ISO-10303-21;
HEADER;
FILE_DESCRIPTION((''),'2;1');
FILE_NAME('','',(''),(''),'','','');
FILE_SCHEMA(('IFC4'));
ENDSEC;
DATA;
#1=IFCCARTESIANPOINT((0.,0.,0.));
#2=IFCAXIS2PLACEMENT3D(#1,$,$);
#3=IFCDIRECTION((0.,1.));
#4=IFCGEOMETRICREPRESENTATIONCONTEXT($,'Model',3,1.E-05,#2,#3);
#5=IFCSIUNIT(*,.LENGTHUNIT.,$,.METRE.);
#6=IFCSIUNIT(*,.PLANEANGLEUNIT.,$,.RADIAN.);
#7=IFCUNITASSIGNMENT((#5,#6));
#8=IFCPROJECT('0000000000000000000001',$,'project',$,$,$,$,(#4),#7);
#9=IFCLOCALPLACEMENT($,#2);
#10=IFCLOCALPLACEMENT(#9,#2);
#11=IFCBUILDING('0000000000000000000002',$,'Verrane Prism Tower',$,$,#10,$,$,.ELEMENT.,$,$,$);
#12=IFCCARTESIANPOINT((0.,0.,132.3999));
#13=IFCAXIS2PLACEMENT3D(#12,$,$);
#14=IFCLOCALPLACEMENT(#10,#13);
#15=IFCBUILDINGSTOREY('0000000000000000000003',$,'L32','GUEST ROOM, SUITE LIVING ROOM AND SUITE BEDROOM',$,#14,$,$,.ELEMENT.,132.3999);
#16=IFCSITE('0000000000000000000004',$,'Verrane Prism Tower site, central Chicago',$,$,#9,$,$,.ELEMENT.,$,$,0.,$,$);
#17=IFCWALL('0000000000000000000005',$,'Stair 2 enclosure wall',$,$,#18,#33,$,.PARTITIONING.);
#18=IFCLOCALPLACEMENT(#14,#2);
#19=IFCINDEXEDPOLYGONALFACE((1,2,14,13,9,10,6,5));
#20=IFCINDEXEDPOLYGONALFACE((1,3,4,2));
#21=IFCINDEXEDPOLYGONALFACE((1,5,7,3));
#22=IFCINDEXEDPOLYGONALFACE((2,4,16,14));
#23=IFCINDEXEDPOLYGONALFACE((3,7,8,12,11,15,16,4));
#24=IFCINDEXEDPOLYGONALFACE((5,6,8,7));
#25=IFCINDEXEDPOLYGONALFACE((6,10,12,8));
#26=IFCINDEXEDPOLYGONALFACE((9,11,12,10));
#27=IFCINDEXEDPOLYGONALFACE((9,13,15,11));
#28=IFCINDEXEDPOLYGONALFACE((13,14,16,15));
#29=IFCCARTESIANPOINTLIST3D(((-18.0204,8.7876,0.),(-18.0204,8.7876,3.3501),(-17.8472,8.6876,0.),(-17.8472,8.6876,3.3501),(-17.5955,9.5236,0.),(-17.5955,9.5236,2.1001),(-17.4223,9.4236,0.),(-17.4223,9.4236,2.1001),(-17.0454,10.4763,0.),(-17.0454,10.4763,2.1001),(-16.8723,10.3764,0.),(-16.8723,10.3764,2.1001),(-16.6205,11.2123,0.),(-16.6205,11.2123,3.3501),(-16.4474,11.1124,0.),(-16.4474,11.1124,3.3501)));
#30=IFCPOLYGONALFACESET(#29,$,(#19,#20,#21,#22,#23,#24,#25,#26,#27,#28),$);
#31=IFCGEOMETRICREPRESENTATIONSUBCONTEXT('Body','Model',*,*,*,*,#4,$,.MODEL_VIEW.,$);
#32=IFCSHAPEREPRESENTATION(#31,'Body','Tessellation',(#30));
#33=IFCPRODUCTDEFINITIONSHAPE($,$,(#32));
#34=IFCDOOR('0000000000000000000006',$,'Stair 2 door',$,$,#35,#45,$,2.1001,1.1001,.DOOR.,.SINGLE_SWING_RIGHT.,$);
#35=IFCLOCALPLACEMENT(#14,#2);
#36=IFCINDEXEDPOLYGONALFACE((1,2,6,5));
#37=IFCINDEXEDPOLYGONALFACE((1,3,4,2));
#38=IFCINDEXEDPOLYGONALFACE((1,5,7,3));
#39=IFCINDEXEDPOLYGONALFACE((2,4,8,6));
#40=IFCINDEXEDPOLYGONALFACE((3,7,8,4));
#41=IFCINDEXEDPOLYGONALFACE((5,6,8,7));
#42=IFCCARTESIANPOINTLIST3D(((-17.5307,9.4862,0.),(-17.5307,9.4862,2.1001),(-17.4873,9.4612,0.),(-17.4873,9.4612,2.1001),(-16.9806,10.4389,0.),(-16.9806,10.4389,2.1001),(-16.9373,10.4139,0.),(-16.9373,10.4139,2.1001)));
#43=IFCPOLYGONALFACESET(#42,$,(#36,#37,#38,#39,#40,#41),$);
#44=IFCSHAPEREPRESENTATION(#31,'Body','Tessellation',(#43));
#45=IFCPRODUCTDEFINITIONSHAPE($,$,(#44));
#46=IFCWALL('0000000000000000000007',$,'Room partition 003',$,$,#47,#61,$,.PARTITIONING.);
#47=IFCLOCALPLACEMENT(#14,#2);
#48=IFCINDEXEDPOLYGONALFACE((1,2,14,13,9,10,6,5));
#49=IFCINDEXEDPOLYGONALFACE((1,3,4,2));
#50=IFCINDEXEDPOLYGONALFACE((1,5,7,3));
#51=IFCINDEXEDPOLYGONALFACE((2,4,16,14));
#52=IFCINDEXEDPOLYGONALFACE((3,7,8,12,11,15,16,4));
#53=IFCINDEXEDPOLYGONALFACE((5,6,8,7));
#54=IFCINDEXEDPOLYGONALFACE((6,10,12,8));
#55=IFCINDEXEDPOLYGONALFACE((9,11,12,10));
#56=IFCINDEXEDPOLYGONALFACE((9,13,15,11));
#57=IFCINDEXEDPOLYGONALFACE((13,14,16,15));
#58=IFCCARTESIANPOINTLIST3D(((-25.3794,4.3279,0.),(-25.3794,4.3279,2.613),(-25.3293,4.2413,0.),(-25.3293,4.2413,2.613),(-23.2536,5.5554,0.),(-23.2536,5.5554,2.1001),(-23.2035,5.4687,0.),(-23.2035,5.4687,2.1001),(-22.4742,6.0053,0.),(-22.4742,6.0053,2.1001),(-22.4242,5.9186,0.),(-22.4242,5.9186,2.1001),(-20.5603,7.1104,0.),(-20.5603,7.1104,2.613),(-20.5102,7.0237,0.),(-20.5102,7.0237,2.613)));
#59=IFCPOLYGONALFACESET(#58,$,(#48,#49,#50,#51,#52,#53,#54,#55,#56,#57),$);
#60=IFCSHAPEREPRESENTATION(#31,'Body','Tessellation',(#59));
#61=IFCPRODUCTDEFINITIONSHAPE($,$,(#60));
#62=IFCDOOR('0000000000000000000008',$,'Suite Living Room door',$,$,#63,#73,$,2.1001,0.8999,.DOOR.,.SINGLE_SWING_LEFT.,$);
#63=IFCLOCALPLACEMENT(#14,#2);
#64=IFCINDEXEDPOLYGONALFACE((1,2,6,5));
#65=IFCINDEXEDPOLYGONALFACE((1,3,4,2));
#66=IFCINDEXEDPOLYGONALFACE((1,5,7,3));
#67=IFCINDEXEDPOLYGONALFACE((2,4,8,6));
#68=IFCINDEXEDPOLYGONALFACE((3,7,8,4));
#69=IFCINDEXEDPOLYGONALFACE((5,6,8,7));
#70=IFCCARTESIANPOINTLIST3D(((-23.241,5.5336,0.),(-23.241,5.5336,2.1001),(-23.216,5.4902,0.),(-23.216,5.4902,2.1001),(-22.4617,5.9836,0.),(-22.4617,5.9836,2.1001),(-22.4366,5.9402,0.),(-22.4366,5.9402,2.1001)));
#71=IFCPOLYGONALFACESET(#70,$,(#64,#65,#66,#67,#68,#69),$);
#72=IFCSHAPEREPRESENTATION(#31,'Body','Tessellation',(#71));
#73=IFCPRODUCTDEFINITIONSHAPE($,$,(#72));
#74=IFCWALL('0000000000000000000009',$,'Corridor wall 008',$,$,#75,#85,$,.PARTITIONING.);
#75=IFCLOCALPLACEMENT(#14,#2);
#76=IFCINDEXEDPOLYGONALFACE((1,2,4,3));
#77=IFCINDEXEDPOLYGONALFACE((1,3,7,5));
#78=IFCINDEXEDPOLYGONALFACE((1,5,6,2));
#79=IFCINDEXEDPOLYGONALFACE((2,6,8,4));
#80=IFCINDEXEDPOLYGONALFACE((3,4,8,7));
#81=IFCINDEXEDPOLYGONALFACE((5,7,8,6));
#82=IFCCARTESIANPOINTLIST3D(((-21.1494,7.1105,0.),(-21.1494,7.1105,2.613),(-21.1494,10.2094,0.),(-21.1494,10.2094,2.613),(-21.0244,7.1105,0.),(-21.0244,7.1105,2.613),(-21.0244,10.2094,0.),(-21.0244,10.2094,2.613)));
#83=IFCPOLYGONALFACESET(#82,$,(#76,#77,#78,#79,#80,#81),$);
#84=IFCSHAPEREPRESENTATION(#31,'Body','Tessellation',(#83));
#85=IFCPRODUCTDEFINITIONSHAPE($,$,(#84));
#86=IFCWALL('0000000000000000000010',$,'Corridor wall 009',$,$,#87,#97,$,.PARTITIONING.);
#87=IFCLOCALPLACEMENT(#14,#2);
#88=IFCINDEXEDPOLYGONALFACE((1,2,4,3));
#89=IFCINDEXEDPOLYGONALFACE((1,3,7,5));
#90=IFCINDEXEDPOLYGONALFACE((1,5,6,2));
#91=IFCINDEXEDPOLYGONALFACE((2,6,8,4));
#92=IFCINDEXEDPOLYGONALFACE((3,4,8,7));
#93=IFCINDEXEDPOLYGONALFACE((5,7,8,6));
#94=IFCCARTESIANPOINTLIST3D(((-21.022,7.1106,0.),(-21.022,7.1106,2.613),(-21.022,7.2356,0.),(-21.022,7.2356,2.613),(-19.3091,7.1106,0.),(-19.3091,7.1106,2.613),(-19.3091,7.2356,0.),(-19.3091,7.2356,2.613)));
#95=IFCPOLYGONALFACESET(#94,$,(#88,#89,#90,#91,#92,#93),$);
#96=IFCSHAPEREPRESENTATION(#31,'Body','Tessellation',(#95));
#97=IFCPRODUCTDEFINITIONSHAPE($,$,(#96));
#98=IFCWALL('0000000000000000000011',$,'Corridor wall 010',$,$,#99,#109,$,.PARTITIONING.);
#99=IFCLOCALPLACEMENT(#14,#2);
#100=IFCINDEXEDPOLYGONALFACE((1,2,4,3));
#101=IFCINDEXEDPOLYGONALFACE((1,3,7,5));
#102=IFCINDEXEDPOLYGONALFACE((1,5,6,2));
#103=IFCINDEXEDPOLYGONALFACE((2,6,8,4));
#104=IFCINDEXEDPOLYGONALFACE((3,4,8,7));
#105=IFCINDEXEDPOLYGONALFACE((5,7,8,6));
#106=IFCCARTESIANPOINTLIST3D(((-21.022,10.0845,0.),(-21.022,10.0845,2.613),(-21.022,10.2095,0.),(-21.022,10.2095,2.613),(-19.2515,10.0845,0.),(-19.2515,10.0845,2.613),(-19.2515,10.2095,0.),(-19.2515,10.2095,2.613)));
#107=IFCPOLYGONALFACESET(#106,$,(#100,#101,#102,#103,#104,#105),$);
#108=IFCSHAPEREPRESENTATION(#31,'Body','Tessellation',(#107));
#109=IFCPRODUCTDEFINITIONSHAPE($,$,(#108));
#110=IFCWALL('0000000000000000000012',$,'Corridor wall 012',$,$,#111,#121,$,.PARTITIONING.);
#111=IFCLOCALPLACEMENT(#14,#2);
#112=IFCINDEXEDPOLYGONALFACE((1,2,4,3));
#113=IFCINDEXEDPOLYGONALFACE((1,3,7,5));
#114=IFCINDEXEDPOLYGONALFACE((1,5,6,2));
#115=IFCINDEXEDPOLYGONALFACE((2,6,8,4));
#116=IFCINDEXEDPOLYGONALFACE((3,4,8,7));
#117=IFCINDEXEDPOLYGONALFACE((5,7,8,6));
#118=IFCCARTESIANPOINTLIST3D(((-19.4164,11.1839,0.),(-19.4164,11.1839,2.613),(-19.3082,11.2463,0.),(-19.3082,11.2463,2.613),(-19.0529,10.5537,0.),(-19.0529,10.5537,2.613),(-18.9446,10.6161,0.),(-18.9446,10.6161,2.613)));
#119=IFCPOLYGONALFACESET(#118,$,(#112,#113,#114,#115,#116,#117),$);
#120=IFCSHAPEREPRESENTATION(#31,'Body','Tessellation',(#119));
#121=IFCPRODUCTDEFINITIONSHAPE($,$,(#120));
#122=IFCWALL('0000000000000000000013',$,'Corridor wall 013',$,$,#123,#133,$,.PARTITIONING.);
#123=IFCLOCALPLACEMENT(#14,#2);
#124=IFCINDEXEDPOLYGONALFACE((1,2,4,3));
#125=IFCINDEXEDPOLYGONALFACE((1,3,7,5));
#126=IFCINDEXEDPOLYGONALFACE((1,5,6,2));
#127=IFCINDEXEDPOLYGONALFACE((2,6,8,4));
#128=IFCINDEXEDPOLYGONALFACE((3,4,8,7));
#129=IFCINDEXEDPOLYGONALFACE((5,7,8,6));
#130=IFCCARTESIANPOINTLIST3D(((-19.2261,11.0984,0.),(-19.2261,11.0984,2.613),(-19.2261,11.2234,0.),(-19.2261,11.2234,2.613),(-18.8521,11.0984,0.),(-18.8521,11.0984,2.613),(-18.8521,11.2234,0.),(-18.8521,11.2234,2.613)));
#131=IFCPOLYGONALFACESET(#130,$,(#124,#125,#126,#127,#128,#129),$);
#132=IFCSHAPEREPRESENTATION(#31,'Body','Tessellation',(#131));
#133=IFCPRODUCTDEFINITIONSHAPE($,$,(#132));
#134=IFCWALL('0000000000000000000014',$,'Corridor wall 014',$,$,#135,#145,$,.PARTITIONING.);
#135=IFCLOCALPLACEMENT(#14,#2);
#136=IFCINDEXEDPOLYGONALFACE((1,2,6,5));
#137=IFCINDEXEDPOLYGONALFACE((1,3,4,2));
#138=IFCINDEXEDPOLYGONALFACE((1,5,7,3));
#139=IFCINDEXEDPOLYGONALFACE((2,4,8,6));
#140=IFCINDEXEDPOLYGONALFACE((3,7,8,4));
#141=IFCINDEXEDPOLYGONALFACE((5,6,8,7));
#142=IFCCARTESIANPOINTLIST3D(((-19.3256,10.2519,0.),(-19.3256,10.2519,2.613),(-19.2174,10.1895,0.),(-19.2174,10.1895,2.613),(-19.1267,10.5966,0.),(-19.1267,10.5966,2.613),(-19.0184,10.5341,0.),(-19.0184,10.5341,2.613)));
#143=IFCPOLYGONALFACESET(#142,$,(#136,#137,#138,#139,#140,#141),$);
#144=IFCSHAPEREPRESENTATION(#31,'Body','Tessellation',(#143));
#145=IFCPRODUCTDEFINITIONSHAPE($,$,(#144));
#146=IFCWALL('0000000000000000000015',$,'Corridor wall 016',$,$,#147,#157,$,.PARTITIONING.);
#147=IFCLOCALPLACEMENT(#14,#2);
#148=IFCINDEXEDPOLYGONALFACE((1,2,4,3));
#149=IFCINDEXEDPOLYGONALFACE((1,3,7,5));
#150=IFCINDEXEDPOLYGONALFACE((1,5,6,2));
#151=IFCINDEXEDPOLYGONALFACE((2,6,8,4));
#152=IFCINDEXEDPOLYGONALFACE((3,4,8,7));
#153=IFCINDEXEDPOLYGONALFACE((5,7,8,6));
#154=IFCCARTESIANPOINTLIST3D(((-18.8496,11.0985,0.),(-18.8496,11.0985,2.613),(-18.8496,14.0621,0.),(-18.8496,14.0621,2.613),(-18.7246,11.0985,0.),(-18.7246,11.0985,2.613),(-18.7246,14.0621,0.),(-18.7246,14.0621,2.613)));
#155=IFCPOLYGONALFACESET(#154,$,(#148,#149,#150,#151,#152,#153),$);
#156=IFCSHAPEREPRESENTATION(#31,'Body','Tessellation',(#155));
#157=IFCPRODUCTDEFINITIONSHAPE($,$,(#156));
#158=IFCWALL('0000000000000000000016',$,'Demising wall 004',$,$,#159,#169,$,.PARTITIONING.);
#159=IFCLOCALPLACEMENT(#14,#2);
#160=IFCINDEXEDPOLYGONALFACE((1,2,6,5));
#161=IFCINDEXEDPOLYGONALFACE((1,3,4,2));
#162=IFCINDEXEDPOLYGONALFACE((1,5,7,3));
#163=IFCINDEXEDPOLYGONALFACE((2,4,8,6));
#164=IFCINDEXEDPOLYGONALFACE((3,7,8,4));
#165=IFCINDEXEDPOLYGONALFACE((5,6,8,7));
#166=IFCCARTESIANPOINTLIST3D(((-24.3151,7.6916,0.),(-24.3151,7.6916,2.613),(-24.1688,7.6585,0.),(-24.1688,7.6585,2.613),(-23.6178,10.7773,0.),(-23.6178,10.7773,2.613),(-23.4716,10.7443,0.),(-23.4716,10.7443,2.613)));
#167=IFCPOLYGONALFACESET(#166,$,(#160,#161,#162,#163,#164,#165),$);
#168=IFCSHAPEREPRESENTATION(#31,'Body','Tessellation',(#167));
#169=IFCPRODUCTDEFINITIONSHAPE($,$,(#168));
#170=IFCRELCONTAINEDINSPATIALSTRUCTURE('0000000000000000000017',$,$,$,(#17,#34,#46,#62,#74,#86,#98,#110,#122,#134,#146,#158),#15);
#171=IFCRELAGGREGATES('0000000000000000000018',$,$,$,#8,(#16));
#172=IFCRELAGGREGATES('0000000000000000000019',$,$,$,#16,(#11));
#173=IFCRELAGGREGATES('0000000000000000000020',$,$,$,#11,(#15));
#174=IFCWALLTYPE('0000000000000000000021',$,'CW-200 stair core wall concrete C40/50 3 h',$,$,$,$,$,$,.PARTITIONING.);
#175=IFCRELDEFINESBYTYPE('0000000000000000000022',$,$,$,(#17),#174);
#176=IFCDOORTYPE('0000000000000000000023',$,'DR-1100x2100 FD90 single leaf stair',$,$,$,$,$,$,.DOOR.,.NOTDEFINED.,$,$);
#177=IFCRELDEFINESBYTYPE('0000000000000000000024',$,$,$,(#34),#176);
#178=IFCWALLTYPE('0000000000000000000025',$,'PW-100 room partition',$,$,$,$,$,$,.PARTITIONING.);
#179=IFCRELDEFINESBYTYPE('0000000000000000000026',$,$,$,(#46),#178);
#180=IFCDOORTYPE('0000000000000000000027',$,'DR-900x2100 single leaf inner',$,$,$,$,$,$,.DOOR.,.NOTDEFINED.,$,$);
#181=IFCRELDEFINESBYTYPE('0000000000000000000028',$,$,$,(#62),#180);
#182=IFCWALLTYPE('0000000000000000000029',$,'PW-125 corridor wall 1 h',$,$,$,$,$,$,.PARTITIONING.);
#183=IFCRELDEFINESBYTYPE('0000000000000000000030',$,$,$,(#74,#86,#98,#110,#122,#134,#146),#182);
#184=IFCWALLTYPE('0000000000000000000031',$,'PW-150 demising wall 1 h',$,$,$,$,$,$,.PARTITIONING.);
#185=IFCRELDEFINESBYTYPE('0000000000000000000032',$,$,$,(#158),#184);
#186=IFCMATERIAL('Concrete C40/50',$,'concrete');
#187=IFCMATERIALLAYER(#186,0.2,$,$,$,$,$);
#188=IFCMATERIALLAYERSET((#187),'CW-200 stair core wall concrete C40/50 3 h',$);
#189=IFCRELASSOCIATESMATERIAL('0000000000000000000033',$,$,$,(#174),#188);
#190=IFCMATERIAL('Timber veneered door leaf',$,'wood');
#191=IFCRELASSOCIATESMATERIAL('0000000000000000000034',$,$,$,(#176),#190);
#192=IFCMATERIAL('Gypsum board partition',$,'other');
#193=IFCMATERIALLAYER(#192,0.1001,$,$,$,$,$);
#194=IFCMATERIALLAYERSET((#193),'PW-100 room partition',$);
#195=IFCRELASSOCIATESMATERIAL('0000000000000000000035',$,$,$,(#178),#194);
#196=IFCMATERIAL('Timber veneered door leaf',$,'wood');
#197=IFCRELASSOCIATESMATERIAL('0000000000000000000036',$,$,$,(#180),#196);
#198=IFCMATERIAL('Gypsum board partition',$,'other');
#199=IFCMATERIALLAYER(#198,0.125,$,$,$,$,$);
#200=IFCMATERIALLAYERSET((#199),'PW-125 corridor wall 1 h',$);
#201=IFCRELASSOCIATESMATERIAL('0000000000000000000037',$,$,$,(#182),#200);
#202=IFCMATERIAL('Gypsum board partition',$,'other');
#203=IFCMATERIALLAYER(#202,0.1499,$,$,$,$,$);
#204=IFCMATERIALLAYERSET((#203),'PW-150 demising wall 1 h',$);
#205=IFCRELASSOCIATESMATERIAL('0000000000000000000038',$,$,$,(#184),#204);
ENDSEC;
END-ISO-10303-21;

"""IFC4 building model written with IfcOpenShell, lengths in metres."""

from ifc_helpers import new_model, si_unit, direction, frame, frame_2d, origin, place, context, subcontext, project, spatial, rectangle, extrude, material, layer, layer_set, type_object, element, fill, save


model = new_model("IFC4")

# Units and contexts
model_context = context("Model", 3, precision=1e-05, world=origin(), true_north=direction((0.0, 1.0)))
body_context = subcontext(model_context, "Body", "Model", "MODEL_VIEW")
ifc_project = project(units=[si_unit("LENGTHUNIT", "METRE"), si_unit("PLANEANGLEUNIT", "RADIAN")], contexts=[model_context])

# Site, building, storey
site_placement = place(None, origin())
site = spatial("IfcSite", under=ifc_project, at=site_placement, Name="Verrane Prism Tower site, central Chicago", CompositionType="ELEMENT", RefElevation=0.0)
building_placement = place(site_placement, origin())
building = spatial("IfcBuilding", under=site, at=building_placement, Name="Verrane Prism Tower", CompositionType="ELEMENT")
storey_placement = place(building_placement, frame((0.0, 0.0, 132.3999)))
storey = spatial("IfcBuildingStorey", under=building, at=storey_placement, Name="L32", Description="GUEST ROOM, SUITE LIVING ROOM AND SUITE BEDROOM", CompositionType="ELEMENT", Elevation=132.3999)

# Walls, openings, doors
ifc_material_1 = material(Name="Concrete C40/50", Category="concrete")
ifc_layer_1 = layer(ifc_material_1, 0.2)
ifc_layer_set_1 = layer_set([ifc_layer_1], Name="CW-200 stair core wall concrete C40/50 3 h")
wall_type_1 = type_object("IfcWallType", Name="CW-200 stair core wall concrete C40/50 3 h", PredefinedType="PARTITIONING", material=ifc_layer_set_1)
wall_1_placement = place(storey_placement, frame((-16.5339, 11.1624, 0.0), z_axis=(0.0, 0.0, 1.0), x_axis=(-0.499984, -0.866035, 0.0)))
wall_1 = element("IfcWall", 1, at=wall_1_placement, inside=storey, type_object=wall_type_1, Name="Stair 2 enclosure wall", PredefinedType="PARTITIONING", context=body_context, shape_type="SweptSolid", body=[
    extrude(rectangle(XDim=2.7998, YDim=0.2, at=frame_2d((1.3999, 0.0))), origin(), (0.0, 0.0, 1.0), 3.3501),
])
opening_1_placement = place(wall_1_placement, frame((0.8499, 0.0, 0.0)))
opening_1 = element("IfcOpeningElement", 2, at=opening_1_placement, cuts=wall_1, PredefinedType="OPENING", context=body_context, shape_type="SweptSolid", body=[
    extrude(rectangle(XDim=1.1001, YDim=2.1001, at=frame_2d((0.55, 1.05))), frame((0.0, 0.1099, 0.0), z_axis=(0.0, -1.0, 0.0), x_axis=(1.0, 0.0, 0.0)), (0.0, 0.0, 1.0), 0.22),
])
ifc_material_2 = material(Name="Timber veneered door leaf", Category="wood")
door_type_1 = type_object("IfcDoorType", Name="DR-1100x2100 FD90 single leaf stair", OperationType="NOTDEFINED", PredefinedType="DOOR", material=ifc_material_2)
door_1_placement = place(opening_1_placement, origin())
door_1 = element("IfcDoor", 3, at=door_1_placement, inside=storey, type_object=door_type_1, Name="Stair 2 door", OperationType="SINGLE_SWING_RIGHT", OverallHeight=2.1001, OverallWidth=1.1001, PredefinedType="DOOR", context=body_context, shape_type="SweptSolid", body=[
    extrude(rectangle(XDim=1.1001, YDim=2.1001, at=frame_2d((0.55, 1.05))), frame((0.0, 0.0249, 0.0), z_axis=(0.0, -1.0, 0.0), x_axis=(1.0, 0.0, 0.0)), (0.0, 0.0, 1.0), 0.05),
])
fill(opening_1, door_1)
ifc_material_3 = material(Name="Gypsum board partition", Category="other")
ifc_layer_2 = layer(ifc_material_3, 0.1001)
ifc_layer_set_2 = layer_set([ifc_layer_2], Name="PW-100 room partition")
wall_type_2 = type_object("IfcWallType", Name="PW-100 room partition", PredefinedType="PARTITIONING", material=ifc_layer_set_2)
wall_2_placement = place(storey_placement, frame((-25.3542, 4.2847, 0.0), z_axis=(0.0, 0.0, 1.0), x_axis=(0.866012, 0.500022, 0.0)))
wall_2 = element("IfcWall", 4, at=wall_2_placement, inside=storey, type_object=wall_type_2, Name="Room partition 003", PredefinedType="PARTITIONING", context=body_context, shape_type="SweptSolid", body=[
    extrude(rectangle(XDim=5.5647, YDim=0.1001, at=frame_2d((2.7822, 0.0))), origin(), (0.0, 0.0, 1.0), 2.613),
])
opening_2_placement = place(wall_2_placement, frame((2.4546, 0.0, 0.0)))
opening_2 = element("IfcOpeningElement", 5, at=opening_2_placement, cuts=wall_2, PredefinedType="OPENING", context=body_context, shape_type="SweptSolid", body=[
    extrude(rectangle(XDim=0.8999, YDim=2.1001, at=frame_2d((0.45, 1.05))), frame((0.0, 0.0601, 0.0), z_axis=(0.0, -1.0, 0.0), x_axis=(1.0, 0.0, 0.0)), (0.0, 0.0, 1.0), 0.1201),
])
ifc_material_4 = material(Name="Timber veneered door leaf", Category="wood")
door_type_2 = type_object("IfcDoorType", Name="DR-900x2100 single leaf inner", OperationType="NOTDEFINED", PredefinedType="DOOR", material=ifc_material_4)
door_2_placement = place(opening_2_placement, origin())
door_2 = element("IfcDoor", 6, at=door_2_placement, inside=storey, type_object=door_type_2, Name="Suite Living Room door", OperationType="SINGLE_SWING_LEFT", OverallHeight=2.1001, OverallWidth=0.8999, PredefinedType="DOOR", context=body_context, shape_type="SweptSolid", body=[
    extrude(rectangle(XDim=0.8999, YDim=2.1001, at=frame_2d((0.45, 1.05))), frame((0.0, 0.0249, 0.0), z_axis=(0.0, -1.0, 0.0), x_axis=(1.0, 0.0, 0.0)), (0.0, 0.0, 1.0), 0.05),
])
fill(opening_2, door_2)

# Walls
ifc_material_5 = material(Name="Gypsum board partition", Category="other")
ifc_layer_3 = layer(ifc_material_5, 0.125)
ifc_layer_set_3 = layer_set([ifc_layer_3], Name="PW-125 corridor wall 1 h")
wall_type_3 = type_object("IfcWallType", Name="PW-125 corridor wall 1 h", PredefinedType="PARTITIONING", material=ifc_layer_set_3)
wall_3_placement = place(storey_placement, frame((-21.0869, 7.1106, 0.0), z_axis=(0.0, 0.0, 1.0), x_axis=(0.0, 1.0, 0.0)))
element("IfcWall", 7, at=wall_3_placement, inside=storey, type_object=wall_type_3, Name="Corridor wall 008", PredefinedType="PARTITIONING", context=body_context, shape_type="SweptSolid", body=[
    extrude(rectangle(XDim=3.0989, YDim=0.125, at=frame_2d((1.5493, 0.0))), origin(), (0.0, 0.0, 1.0), 2.613),
])
wall_4_placement = place(storey_placement, frame((-21.022, 7.1731, 0.0), z_axis=(0.0, 0.0, 1.0), x_axis=(1.0, 0.0, 0.0)))
element("IfcWall", 8, at=wall_4_placement, inside=storey, type_object=wall_type_3, Name="Corridor wall 009", PredefinedType="PARTITIONING", context=body_context, shape_type="SweptSolid", body=[
    extrude(rectangle(XDim=1.7129, YDim=0.125, at=frame_2d((0.8564, 0.0))), origin(), (0.0, 0.0, 1.0), 2.613),
])
wall_5_placement = place(storey_placement, frame((-21.022, 10.147, 0.0), z_axis=(0.0, 0.0, 1.0), x_axis=(1.0, 0.0, 0.0)))
element("IfcWall", 9, at=wall_5_placement, inside=storey, type_object=wall_type_3, Name="Corridor wall 010", PredefinedType="PARTITIONING", context=body_context, shape_type="SweptSolid", body=[
    extrude(rectangle(XDim=1.7705, YDim=0.125, at=frame_2d((0.8853, 0.0))), origin(), (0.0, 0.0, 1.0), 2.613),
])
wall_6_placement = place(storey_placement, frame((-19.3623, 11.2151, 0.0), z_axis=(0.0, 0.0, 1.0), x_axis=(0.499713, -0.866191, 0.0)))
element("IfcWall", 10, at=wall_6_placement, inside=storey, type_object=wall_type_3, Name="Corridor wall 012", PredefinedType="PARTITIONING", context=body_context, shape_type="SweptSolid", body=[
    extrude(rectangle(XDim=0.7275, YDim=0.125, at=frame_2d((0.3638, 0.0))), origin(), (0.0, 0.0, 1.0), 2.613),
])
wall_7_placement = place(storey_placement, frame((-19.2261, 11.1609, 0.0), z_axis=(0.0, 0.0, 1.0), x_axis=(1.0, 0.0, 0.0)))
element("IfcWall", 11, at=wall_7_placement, inside=storey, type_object=wall_type_3, Name="Corridor wall 013", PredefinedType="PARTITIONING", context=body_context, shape_type="SweptSolid", body=[
    extrude(rectangle(XDim=0.374, YDim=0.125, at=frame_2d((0.187, 0.0))), origin(), (0.0, 0.0, 1.0), 2.613),
])
wall_8_placement = place(storey_placement, frame((-19.2715, 10.2207, 0.0), z_axis=(0.0, 0.0, 1.0), x_axis=(0.499899, 0.866083, 0.0)))
element("IfcWall", 12, at=wall_8_placement, inside=storey, type_object=wall_type_3, Name="Corridor wall 014", PredefinedType="PARTITIONING", context=body_context, shape_type="SweptSolid", body=[
    extrude(rectangle(XDim=0.3979, YDim=0.125, at=frame_2d((0.199, 0.0))), origin(), (0.0, 0.0, 1.0), 2.613),
])
wall_9_placement = place(storey_placement, frame((-18.7871, 11.0984, 0.0), z_axis=(0.0, 0.0, 1.0), x_axis=(0.0, 1.0, 0.0)))
element("IfcWall", 13, at=wall_9_placement, inside=storey, type_object=wall_type_3, Name="Corridor wall 016", PredefinedType="PARTITIONING", context=body_context, shape_type="SweptSolid", body=[
    extrude(rectangle(XDim=2.9636, YDim=0.125, at=frame_2d((1.4819, 0.0))), origin(), (0.0, 0.0, 1.0), 2.613),
])
ifc_material_6 = material(Name="Gypsum board partition", Category="other")
ifc_layer_4 = layer(ifc_material_6, 0.1499)
ifc_layer_set_4 = layer_set([ifc_layer_4], Name="PW-150 demising wall 1 h")
wall_type_4 = type_object("IfcWallType", Name="PW-150 demising wall 1 h", PredefinedType="PARTITIONING", material=ifc_layer_set_4)
wall_10_placement = place(storey_placement, frame((-24.2419, 7.675, 0.0), z_axis=(0.0, 0.0, 1.0), x_axis=(0.22041, 0.975407, 0.0)))
element("IfcWall", 14, at=wall_10_placement, inside=storey, type_object=wall_type_4, Name="Demising wall 004", PredefinedType="PARTITIONING", context=body_context, shape_type="SweptSolid", body=[
    extrude(rectangle(XDim=3.1636, YDim=0.1499, at=frame_2d((1.5818, 0.0))), origin(), (0.0, 0.0, 1.0), 2.613),
])

save(model, "model.ifc")
